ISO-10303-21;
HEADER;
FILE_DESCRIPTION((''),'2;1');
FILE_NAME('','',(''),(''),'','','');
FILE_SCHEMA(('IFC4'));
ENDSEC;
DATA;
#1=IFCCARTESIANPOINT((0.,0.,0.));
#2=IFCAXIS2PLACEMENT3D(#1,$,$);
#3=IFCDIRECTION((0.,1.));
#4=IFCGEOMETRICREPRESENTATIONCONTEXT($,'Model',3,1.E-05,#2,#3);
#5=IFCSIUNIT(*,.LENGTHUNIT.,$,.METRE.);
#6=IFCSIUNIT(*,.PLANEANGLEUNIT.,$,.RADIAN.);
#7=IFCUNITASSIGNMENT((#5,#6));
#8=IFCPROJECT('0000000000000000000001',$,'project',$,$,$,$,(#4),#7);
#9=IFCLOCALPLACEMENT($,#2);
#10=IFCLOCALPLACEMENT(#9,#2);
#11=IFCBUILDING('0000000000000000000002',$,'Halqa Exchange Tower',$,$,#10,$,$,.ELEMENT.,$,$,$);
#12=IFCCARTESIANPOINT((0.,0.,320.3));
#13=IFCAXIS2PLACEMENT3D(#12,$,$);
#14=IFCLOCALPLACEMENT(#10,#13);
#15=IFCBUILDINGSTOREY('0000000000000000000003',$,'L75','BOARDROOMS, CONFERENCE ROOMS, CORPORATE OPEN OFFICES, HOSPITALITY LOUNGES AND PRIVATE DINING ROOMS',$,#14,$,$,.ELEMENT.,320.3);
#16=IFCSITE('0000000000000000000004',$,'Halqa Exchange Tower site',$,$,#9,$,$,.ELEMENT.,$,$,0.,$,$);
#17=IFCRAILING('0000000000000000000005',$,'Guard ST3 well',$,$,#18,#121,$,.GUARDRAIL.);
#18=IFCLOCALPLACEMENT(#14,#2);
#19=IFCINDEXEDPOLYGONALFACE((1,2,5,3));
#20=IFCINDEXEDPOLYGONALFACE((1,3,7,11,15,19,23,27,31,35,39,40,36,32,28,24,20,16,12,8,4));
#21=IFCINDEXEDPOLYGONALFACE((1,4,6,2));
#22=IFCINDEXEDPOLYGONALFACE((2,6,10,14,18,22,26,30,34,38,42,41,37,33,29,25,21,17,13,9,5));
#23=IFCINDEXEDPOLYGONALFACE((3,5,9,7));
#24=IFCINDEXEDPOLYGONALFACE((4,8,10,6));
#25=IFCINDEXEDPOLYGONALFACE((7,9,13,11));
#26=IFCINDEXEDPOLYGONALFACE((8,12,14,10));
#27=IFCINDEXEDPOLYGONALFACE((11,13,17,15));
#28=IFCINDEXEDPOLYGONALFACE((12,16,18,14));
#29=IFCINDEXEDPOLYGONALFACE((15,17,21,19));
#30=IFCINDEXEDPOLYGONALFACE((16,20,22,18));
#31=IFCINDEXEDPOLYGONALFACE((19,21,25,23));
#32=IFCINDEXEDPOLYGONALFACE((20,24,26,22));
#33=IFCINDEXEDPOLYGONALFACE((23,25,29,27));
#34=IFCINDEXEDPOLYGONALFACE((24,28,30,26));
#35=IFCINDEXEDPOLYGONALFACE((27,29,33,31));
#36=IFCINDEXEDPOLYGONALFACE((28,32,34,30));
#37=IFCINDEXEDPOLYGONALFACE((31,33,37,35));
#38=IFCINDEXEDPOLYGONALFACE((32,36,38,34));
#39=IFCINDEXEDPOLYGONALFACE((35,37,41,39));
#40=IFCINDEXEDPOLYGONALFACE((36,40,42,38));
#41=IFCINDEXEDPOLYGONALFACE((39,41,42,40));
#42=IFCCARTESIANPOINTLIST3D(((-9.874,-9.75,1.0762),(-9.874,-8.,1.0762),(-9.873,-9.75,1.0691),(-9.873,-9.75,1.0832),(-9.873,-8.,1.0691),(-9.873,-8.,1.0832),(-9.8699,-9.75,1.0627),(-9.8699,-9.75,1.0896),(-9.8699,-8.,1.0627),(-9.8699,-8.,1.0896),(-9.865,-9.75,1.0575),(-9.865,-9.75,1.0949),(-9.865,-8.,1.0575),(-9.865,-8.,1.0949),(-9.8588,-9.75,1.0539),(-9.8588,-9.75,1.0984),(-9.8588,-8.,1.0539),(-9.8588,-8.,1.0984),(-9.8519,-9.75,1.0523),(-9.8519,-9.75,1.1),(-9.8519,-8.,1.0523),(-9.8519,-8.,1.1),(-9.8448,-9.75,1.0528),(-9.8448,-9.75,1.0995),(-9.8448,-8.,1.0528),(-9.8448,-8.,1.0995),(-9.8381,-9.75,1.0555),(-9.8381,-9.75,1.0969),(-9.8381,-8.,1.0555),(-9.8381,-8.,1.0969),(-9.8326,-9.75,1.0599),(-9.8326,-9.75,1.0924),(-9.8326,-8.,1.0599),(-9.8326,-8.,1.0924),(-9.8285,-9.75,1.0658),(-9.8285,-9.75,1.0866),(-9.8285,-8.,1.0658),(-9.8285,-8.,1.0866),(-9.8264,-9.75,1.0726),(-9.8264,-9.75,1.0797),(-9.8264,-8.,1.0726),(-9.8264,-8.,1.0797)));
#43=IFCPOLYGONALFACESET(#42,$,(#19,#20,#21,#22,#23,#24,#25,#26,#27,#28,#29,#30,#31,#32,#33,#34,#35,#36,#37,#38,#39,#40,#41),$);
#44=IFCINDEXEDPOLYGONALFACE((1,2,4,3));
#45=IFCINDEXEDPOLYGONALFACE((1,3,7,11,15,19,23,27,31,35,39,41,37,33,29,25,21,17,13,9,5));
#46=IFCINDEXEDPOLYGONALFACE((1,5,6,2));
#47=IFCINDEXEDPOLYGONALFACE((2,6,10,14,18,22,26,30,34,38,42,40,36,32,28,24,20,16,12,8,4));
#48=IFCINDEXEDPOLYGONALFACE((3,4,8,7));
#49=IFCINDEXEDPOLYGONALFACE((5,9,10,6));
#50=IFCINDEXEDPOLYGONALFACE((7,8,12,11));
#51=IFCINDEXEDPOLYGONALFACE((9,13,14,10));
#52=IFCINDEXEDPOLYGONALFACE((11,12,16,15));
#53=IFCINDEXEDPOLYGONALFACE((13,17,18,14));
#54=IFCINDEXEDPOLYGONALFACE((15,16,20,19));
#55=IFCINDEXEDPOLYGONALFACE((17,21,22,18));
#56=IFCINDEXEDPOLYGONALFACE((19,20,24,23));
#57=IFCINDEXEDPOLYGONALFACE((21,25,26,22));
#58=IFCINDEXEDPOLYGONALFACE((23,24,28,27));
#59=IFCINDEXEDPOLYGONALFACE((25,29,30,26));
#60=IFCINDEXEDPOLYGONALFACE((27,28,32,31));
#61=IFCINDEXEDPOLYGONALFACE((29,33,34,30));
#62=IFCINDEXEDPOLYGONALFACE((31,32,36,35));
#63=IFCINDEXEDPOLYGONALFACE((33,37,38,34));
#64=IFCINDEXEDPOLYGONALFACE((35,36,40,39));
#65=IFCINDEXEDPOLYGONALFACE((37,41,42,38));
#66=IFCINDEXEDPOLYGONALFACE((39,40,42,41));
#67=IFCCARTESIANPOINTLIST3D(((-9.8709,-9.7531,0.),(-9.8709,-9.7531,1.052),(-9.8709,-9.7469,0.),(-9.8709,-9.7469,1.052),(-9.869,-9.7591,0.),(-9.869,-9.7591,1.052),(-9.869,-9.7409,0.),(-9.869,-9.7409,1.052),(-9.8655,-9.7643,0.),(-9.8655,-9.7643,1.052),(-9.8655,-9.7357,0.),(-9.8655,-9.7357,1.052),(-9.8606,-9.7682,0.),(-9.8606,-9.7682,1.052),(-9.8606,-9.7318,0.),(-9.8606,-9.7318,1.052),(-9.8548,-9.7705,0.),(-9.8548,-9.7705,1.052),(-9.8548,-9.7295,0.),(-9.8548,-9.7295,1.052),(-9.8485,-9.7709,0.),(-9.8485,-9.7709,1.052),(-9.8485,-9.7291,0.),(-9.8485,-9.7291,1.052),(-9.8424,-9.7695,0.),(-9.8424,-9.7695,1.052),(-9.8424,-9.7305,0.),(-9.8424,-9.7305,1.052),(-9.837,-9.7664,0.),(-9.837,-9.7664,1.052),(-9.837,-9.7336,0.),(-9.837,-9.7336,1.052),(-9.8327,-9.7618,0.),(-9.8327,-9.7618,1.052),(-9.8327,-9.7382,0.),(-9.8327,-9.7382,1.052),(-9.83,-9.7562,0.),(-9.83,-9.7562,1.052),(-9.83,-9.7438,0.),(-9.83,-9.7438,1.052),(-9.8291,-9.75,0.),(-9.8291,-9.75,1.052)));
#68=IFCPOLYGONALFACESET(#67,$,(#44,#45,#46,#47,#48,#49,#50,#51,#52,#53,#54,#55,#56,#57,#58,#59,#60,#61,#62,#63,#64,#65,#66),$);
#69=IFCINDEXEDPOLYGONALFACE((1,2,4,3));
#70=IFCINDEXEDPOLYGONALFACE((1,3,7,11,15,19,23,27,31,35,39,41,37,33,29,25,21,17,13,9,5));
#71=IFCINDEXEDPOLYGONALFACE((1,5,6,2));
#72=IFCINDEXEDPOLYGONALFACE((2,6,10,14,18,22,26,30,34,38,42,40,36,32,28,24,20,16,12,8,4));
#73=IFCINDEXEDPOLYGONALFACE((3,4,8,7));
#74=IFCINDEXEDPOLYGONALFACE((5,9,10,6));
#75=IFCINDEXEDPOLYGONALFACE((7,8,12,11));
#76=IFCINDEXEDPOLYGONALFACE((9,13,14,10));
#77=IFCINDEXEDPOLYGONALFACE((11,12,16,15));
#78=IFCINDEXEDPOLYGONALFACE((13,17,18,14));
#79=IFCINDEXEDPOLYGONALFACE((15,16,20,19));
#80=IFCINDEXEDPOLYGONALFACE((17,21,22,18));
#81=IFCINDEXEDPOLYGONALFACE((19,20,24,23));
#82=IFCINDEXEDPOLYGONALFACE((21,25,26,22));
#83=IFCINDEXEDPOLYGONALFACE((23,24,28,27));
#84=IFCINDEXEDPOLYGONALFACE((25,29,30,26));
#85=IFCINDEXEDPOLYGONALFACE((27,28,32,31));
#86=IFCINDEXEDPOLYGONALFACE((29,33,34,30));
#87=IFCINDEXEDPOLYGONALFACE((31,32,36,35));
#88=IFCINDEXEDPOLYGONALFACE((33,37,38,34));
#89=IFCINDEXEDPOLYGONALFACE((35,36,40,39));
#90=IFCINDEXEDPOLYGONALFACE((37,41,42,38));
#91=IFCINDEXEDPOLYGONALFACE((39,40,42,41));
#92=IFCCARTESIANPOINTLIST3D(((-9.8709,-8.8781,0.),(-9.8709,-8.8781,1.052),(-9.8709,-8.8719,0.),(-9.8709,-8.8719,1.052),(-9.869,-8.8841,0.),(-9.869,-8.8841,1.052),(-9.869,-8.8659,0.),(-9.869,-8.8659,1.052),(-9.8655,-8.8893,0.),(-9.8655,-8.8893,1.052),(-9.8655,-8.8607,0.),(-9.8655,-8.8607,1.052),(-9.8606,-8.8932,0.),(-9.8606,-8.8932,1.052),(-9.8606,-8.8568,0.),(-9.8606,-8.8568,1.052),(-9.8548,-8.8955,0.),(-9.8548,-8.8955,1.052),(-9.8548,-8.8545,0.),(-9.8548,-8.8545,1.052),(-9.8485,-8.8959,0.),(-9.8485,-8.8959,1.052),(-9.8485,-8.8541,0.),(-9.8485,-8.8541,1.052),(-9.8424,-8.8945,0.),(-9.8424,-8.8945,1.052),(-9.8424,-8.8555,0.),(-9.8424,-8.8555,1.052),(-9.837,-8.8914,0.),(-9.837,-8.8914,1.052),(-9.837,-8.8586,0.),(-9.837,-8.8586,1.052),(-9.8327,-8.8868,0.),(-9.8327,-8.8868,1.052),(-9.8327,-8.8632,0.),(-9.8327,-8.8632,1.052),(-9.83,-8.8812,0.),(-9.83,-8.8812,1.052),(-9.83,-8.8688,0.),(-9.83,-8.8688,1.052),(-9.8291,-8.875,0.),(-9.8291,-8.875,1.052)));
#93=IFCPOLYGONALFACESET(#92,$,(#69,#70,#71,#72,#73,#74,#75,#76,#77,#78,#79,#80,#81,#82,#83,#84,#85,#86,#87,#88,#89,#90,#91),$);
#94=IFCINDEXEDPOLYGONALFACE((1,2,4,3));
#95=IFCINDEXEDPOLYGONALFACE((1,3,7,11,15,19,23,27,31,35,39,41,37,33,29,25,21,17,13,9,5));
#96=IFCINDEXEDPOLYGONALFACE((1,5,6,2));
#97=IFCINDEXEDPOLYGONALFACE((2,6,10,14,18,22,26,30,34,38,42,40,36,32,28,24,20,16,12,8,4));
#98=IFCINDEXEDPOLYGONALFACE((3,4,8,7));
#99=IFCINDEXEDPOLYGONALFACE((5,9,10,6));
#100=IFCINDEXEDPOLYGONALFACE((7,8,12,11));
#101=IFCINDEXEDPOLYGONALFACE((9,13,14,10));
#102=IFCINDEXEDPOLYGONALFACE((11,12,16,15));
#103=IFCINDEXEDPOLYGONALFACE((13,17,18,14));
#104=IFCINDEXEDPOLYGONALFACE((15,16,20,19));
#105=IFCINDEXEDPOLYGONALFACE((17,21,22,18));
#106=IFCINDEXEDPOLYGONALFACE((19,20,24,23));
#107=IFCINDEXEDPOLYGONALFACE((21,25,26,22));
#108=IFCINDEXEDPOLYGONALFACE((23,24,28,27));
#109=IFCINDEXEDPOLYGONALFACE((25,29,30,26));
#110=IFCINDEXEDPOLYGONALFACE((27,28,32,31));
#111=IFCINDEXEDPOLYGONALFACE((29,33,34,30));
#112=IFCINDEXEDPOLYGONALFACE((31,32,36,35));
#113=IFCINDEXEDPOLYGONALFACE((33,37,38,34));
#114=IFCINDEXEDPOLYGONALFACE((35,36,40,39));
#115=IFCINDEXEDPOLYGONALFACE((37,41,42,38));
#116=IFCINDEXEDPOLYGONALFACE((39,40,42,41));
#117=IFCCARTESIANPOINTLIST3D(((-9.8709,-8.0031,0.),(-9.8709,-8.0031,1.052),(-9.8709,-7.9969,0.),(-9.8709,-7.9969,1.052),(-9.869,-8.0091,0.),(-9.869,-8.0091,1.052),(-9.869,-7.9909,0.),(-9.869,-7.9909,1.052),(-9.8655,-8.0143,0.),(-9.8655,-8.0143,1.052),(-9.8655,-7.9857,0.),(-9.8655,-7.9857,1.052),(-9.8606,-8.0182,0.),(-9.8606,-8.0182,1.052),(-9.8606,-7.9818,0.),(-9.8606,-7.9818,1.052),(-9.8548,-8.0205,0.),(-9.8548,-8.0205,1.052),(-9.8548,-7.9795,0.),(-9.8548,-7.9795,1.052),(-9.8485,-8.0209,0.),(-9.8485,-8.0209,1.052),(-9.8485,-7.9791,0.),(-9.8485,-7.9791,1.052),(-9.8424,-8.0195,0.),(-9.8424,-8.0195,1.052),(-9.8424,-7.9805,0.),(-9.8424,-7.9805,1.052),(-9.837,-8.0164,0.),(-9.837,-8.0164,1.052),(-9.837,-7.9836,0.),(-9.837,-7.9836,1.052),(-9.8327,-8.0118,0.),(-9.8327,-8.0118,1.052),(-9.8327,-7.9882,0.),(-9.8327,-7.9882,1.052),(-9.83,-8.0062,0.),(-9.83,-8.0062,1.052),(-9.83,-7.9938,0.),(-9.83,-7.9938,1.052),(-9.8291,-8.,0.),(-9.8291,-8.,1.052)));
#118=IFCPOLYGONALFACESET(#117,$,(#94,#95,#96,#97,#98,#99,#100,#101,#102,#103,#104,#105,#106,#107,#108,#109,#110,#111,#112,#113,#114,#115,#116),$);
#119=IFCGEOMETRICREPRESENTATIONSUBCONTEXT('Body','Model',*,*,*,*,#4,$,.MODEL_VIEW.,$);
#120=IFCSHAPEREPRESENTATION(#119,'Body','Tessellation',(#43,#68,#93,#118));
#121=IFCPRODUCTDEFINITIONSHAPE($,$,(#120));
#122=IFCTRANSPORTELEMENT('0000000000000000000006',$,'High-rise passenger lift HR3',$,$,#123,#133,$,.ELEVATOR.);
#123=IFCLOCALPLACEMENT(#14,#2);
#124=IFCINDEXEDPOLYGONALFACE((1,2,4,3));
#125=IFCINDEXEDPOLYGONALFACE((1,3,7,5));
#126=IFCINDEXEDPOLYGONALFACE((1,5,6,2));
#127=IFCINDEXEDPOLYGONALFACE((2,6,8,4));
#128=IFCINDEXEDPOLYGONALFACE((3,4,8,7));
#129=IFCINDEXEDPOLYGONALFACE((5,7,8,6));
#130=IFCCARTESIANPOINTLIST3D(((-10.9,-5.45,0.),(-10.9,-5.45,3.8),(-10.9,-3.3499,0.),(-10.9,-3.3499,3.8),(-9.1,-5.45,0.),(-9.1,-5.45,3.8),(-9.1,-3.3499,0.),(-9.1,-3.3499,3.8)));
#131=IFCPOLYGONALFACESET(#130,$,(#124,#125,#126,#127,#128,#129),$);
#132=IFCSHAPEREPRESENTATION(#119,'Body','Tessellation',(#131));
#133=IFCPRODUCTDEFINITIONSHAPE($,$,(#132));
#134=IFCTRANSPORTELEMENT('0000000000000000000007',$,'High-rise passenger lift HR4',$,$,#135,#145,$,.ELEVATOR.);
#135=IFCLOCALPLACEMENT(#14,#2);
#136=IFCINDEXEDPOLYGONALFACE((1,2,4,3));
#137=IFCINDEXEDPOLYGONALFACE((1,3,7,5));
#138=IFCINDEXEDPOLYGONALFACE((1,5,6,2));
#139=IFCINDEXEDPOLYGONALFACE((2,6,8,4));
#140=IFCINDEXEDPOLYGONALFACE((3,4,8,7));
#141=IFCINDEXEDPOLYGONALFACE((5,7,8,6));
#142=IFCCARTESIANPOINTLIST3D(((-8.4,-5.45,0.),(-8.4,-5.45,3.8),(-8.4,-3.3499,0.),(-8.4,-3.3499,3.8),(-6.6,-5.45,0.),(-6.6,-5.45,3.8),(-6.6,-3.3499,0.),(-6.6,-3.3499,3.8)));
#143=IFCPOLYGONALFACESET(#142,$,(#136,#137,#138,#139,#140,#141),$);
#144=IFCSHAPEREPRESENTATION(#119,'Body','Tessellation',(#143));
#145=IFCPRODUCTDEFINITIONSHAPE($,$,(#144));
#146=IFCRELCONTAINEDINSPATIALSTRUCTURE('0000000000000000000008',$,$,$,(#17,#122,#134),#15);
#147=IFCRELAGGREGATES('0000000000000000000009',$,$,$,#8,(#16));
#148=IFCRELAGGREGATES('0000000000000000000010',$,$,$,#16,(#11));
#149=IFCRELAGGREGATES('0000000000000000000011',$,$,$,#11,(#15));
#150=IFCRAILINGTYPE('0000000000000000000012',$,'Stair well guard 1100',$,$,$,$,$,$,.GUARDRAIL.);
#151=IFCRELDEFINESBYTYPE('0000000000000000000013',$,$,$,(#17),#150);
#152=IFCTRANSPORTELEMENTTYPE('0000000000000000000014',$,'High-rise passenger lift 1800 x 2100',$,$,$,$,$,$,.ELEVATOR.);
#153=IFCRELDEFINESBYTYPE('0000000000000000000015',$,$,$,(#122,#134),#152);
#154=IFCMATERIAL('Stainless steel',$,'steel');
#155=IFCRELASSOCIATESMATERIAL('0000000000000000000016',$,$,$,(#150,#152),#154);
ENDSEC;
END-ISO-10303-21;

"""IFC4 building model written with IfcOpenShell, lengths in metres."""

from ifc_helpers import new_model, si_unit, direction, frame, origin, origin_2d, place, context, subcontext, project, spatial, rectangle, circle, extrude, material, type_object, element, save


model = new_model("IFC4")

# Units and contexts
model_context = context("Model", 3, precision=1e-05, world=origin(), true_north=direction((0.0, 1.0)))
body_context = subcontext(model_context, "Body", "Model", "MODEL_VIEW")
ifc_project = project(units=[si_unit("LENGTHUNIT", "METRE"), si_unit("PLANEANGLEUNIT", "RADIAN")], contexts=[model_context])

# Site, building, storey
site_placement = place(None, origin())
site = spatial("IfcSite", under=ifc_project, at=site_placement, Name="Halqa Exchange Tower site", CompositionType="ELEMENT", RefElevation=0.0)
building_placement = place(site_placement, origin())
building = spatial("IfcBuilding", under=site, at=building_placement, Name="Halqa Exchange Tower", CompositionType="ELEMENT")
storey_placement = place(building_placement, frame((0.0, 0.0, 320.3)))
storey = spatial("IfcBuildingStorey", under=building, at=storey_placement, Name="L75", Description="BOARDROOMS, CONFERENCE ROOMS, CORPORATE OPEN OFFICES, HOSPITALITY LOUNGES AND PRIVATE DINING ROOMS", CompositionType="ELEMENT", Elevation=320.3)

# Shared definitions
ifc_material_1 = material(Name="Stainless steel", Category="steel")

# Railing
railing_type_1 = type_object("IfcRailingType", Name="Stair well guard 1100", PredefinedType="GUARDRAIL", material=ifc_material_1)
railing_1_placement = place(storey_placement, frame((-9.8501, -9.75, 0.0)))
element("IfcRailing", 1, at=railing_1_placement, inside=storey, type_object=railing_type_1, Name="Guard ST3 well", PredefinedType="GUARDRAIL", context=body_context, shape_type="SweptSolid", body=[
    extrude(circle(Radius=0.0239, at=origin_2d()), frame((0.0, 0.0, 1.0762), z_axis=(0.0, 1.0, 0.0), x_axis=(-1.0, 0.0, 0.0)), (0.0, 0.0, 1.0), 1.75),
    extrude(circle(Radius=0.021, at=origin_2d()), origin(), (0.0, 0.0, 1.0), 1.052),
    extrude(circle(Radius=0.021, at=origin_2d()), frame((0.0, 0.875, 0.0)), (0.0, 0.0, 1.0), 1.052),
    extrude(circle(Radius=0.021, at=origin_2d()), frame((0.0, 1.75, 0.0)), (0.0, 0.0, 1.0), 1.052),
])

# Transport elements
transport_element_type = type_object("IfcTransportElementType", Name="High-rise passenger lift 1800 x 2100", PredefinedType="ELEVATOR", material=ifc_material_1)
for number, where, z_axis, x_axis, name in (
    (2, (-10.0, -4.3999, 0.0), (0.0, 0.0, 1.0), (1.0, 0.0, 0.0), "High-rise passenger lift HR3"),
    (3, (-7.5, -4.3999, 0.0), (0.0, 0.0, 1.0), (1.0, 0.0, 0.0), "High-rise passenger lift HR4"),
):
    element("IfcTransportElement", number, at=place(storey_placement, frame(where, z_axis=z_axis, x_axis=x_axis)), inside=storey, type_object=transport_element_type, Name=name, PredefinedType="ELEVATOR", context=body_context, shape_type="SweptSolid", body=[
        extrude(rectangle(XDim=1.8, YDim=2.1001, at=origin_2d()), origin(), (0.0, 0.0, 1.0), 3.8),
    ])

save(model, "model.ifc")
